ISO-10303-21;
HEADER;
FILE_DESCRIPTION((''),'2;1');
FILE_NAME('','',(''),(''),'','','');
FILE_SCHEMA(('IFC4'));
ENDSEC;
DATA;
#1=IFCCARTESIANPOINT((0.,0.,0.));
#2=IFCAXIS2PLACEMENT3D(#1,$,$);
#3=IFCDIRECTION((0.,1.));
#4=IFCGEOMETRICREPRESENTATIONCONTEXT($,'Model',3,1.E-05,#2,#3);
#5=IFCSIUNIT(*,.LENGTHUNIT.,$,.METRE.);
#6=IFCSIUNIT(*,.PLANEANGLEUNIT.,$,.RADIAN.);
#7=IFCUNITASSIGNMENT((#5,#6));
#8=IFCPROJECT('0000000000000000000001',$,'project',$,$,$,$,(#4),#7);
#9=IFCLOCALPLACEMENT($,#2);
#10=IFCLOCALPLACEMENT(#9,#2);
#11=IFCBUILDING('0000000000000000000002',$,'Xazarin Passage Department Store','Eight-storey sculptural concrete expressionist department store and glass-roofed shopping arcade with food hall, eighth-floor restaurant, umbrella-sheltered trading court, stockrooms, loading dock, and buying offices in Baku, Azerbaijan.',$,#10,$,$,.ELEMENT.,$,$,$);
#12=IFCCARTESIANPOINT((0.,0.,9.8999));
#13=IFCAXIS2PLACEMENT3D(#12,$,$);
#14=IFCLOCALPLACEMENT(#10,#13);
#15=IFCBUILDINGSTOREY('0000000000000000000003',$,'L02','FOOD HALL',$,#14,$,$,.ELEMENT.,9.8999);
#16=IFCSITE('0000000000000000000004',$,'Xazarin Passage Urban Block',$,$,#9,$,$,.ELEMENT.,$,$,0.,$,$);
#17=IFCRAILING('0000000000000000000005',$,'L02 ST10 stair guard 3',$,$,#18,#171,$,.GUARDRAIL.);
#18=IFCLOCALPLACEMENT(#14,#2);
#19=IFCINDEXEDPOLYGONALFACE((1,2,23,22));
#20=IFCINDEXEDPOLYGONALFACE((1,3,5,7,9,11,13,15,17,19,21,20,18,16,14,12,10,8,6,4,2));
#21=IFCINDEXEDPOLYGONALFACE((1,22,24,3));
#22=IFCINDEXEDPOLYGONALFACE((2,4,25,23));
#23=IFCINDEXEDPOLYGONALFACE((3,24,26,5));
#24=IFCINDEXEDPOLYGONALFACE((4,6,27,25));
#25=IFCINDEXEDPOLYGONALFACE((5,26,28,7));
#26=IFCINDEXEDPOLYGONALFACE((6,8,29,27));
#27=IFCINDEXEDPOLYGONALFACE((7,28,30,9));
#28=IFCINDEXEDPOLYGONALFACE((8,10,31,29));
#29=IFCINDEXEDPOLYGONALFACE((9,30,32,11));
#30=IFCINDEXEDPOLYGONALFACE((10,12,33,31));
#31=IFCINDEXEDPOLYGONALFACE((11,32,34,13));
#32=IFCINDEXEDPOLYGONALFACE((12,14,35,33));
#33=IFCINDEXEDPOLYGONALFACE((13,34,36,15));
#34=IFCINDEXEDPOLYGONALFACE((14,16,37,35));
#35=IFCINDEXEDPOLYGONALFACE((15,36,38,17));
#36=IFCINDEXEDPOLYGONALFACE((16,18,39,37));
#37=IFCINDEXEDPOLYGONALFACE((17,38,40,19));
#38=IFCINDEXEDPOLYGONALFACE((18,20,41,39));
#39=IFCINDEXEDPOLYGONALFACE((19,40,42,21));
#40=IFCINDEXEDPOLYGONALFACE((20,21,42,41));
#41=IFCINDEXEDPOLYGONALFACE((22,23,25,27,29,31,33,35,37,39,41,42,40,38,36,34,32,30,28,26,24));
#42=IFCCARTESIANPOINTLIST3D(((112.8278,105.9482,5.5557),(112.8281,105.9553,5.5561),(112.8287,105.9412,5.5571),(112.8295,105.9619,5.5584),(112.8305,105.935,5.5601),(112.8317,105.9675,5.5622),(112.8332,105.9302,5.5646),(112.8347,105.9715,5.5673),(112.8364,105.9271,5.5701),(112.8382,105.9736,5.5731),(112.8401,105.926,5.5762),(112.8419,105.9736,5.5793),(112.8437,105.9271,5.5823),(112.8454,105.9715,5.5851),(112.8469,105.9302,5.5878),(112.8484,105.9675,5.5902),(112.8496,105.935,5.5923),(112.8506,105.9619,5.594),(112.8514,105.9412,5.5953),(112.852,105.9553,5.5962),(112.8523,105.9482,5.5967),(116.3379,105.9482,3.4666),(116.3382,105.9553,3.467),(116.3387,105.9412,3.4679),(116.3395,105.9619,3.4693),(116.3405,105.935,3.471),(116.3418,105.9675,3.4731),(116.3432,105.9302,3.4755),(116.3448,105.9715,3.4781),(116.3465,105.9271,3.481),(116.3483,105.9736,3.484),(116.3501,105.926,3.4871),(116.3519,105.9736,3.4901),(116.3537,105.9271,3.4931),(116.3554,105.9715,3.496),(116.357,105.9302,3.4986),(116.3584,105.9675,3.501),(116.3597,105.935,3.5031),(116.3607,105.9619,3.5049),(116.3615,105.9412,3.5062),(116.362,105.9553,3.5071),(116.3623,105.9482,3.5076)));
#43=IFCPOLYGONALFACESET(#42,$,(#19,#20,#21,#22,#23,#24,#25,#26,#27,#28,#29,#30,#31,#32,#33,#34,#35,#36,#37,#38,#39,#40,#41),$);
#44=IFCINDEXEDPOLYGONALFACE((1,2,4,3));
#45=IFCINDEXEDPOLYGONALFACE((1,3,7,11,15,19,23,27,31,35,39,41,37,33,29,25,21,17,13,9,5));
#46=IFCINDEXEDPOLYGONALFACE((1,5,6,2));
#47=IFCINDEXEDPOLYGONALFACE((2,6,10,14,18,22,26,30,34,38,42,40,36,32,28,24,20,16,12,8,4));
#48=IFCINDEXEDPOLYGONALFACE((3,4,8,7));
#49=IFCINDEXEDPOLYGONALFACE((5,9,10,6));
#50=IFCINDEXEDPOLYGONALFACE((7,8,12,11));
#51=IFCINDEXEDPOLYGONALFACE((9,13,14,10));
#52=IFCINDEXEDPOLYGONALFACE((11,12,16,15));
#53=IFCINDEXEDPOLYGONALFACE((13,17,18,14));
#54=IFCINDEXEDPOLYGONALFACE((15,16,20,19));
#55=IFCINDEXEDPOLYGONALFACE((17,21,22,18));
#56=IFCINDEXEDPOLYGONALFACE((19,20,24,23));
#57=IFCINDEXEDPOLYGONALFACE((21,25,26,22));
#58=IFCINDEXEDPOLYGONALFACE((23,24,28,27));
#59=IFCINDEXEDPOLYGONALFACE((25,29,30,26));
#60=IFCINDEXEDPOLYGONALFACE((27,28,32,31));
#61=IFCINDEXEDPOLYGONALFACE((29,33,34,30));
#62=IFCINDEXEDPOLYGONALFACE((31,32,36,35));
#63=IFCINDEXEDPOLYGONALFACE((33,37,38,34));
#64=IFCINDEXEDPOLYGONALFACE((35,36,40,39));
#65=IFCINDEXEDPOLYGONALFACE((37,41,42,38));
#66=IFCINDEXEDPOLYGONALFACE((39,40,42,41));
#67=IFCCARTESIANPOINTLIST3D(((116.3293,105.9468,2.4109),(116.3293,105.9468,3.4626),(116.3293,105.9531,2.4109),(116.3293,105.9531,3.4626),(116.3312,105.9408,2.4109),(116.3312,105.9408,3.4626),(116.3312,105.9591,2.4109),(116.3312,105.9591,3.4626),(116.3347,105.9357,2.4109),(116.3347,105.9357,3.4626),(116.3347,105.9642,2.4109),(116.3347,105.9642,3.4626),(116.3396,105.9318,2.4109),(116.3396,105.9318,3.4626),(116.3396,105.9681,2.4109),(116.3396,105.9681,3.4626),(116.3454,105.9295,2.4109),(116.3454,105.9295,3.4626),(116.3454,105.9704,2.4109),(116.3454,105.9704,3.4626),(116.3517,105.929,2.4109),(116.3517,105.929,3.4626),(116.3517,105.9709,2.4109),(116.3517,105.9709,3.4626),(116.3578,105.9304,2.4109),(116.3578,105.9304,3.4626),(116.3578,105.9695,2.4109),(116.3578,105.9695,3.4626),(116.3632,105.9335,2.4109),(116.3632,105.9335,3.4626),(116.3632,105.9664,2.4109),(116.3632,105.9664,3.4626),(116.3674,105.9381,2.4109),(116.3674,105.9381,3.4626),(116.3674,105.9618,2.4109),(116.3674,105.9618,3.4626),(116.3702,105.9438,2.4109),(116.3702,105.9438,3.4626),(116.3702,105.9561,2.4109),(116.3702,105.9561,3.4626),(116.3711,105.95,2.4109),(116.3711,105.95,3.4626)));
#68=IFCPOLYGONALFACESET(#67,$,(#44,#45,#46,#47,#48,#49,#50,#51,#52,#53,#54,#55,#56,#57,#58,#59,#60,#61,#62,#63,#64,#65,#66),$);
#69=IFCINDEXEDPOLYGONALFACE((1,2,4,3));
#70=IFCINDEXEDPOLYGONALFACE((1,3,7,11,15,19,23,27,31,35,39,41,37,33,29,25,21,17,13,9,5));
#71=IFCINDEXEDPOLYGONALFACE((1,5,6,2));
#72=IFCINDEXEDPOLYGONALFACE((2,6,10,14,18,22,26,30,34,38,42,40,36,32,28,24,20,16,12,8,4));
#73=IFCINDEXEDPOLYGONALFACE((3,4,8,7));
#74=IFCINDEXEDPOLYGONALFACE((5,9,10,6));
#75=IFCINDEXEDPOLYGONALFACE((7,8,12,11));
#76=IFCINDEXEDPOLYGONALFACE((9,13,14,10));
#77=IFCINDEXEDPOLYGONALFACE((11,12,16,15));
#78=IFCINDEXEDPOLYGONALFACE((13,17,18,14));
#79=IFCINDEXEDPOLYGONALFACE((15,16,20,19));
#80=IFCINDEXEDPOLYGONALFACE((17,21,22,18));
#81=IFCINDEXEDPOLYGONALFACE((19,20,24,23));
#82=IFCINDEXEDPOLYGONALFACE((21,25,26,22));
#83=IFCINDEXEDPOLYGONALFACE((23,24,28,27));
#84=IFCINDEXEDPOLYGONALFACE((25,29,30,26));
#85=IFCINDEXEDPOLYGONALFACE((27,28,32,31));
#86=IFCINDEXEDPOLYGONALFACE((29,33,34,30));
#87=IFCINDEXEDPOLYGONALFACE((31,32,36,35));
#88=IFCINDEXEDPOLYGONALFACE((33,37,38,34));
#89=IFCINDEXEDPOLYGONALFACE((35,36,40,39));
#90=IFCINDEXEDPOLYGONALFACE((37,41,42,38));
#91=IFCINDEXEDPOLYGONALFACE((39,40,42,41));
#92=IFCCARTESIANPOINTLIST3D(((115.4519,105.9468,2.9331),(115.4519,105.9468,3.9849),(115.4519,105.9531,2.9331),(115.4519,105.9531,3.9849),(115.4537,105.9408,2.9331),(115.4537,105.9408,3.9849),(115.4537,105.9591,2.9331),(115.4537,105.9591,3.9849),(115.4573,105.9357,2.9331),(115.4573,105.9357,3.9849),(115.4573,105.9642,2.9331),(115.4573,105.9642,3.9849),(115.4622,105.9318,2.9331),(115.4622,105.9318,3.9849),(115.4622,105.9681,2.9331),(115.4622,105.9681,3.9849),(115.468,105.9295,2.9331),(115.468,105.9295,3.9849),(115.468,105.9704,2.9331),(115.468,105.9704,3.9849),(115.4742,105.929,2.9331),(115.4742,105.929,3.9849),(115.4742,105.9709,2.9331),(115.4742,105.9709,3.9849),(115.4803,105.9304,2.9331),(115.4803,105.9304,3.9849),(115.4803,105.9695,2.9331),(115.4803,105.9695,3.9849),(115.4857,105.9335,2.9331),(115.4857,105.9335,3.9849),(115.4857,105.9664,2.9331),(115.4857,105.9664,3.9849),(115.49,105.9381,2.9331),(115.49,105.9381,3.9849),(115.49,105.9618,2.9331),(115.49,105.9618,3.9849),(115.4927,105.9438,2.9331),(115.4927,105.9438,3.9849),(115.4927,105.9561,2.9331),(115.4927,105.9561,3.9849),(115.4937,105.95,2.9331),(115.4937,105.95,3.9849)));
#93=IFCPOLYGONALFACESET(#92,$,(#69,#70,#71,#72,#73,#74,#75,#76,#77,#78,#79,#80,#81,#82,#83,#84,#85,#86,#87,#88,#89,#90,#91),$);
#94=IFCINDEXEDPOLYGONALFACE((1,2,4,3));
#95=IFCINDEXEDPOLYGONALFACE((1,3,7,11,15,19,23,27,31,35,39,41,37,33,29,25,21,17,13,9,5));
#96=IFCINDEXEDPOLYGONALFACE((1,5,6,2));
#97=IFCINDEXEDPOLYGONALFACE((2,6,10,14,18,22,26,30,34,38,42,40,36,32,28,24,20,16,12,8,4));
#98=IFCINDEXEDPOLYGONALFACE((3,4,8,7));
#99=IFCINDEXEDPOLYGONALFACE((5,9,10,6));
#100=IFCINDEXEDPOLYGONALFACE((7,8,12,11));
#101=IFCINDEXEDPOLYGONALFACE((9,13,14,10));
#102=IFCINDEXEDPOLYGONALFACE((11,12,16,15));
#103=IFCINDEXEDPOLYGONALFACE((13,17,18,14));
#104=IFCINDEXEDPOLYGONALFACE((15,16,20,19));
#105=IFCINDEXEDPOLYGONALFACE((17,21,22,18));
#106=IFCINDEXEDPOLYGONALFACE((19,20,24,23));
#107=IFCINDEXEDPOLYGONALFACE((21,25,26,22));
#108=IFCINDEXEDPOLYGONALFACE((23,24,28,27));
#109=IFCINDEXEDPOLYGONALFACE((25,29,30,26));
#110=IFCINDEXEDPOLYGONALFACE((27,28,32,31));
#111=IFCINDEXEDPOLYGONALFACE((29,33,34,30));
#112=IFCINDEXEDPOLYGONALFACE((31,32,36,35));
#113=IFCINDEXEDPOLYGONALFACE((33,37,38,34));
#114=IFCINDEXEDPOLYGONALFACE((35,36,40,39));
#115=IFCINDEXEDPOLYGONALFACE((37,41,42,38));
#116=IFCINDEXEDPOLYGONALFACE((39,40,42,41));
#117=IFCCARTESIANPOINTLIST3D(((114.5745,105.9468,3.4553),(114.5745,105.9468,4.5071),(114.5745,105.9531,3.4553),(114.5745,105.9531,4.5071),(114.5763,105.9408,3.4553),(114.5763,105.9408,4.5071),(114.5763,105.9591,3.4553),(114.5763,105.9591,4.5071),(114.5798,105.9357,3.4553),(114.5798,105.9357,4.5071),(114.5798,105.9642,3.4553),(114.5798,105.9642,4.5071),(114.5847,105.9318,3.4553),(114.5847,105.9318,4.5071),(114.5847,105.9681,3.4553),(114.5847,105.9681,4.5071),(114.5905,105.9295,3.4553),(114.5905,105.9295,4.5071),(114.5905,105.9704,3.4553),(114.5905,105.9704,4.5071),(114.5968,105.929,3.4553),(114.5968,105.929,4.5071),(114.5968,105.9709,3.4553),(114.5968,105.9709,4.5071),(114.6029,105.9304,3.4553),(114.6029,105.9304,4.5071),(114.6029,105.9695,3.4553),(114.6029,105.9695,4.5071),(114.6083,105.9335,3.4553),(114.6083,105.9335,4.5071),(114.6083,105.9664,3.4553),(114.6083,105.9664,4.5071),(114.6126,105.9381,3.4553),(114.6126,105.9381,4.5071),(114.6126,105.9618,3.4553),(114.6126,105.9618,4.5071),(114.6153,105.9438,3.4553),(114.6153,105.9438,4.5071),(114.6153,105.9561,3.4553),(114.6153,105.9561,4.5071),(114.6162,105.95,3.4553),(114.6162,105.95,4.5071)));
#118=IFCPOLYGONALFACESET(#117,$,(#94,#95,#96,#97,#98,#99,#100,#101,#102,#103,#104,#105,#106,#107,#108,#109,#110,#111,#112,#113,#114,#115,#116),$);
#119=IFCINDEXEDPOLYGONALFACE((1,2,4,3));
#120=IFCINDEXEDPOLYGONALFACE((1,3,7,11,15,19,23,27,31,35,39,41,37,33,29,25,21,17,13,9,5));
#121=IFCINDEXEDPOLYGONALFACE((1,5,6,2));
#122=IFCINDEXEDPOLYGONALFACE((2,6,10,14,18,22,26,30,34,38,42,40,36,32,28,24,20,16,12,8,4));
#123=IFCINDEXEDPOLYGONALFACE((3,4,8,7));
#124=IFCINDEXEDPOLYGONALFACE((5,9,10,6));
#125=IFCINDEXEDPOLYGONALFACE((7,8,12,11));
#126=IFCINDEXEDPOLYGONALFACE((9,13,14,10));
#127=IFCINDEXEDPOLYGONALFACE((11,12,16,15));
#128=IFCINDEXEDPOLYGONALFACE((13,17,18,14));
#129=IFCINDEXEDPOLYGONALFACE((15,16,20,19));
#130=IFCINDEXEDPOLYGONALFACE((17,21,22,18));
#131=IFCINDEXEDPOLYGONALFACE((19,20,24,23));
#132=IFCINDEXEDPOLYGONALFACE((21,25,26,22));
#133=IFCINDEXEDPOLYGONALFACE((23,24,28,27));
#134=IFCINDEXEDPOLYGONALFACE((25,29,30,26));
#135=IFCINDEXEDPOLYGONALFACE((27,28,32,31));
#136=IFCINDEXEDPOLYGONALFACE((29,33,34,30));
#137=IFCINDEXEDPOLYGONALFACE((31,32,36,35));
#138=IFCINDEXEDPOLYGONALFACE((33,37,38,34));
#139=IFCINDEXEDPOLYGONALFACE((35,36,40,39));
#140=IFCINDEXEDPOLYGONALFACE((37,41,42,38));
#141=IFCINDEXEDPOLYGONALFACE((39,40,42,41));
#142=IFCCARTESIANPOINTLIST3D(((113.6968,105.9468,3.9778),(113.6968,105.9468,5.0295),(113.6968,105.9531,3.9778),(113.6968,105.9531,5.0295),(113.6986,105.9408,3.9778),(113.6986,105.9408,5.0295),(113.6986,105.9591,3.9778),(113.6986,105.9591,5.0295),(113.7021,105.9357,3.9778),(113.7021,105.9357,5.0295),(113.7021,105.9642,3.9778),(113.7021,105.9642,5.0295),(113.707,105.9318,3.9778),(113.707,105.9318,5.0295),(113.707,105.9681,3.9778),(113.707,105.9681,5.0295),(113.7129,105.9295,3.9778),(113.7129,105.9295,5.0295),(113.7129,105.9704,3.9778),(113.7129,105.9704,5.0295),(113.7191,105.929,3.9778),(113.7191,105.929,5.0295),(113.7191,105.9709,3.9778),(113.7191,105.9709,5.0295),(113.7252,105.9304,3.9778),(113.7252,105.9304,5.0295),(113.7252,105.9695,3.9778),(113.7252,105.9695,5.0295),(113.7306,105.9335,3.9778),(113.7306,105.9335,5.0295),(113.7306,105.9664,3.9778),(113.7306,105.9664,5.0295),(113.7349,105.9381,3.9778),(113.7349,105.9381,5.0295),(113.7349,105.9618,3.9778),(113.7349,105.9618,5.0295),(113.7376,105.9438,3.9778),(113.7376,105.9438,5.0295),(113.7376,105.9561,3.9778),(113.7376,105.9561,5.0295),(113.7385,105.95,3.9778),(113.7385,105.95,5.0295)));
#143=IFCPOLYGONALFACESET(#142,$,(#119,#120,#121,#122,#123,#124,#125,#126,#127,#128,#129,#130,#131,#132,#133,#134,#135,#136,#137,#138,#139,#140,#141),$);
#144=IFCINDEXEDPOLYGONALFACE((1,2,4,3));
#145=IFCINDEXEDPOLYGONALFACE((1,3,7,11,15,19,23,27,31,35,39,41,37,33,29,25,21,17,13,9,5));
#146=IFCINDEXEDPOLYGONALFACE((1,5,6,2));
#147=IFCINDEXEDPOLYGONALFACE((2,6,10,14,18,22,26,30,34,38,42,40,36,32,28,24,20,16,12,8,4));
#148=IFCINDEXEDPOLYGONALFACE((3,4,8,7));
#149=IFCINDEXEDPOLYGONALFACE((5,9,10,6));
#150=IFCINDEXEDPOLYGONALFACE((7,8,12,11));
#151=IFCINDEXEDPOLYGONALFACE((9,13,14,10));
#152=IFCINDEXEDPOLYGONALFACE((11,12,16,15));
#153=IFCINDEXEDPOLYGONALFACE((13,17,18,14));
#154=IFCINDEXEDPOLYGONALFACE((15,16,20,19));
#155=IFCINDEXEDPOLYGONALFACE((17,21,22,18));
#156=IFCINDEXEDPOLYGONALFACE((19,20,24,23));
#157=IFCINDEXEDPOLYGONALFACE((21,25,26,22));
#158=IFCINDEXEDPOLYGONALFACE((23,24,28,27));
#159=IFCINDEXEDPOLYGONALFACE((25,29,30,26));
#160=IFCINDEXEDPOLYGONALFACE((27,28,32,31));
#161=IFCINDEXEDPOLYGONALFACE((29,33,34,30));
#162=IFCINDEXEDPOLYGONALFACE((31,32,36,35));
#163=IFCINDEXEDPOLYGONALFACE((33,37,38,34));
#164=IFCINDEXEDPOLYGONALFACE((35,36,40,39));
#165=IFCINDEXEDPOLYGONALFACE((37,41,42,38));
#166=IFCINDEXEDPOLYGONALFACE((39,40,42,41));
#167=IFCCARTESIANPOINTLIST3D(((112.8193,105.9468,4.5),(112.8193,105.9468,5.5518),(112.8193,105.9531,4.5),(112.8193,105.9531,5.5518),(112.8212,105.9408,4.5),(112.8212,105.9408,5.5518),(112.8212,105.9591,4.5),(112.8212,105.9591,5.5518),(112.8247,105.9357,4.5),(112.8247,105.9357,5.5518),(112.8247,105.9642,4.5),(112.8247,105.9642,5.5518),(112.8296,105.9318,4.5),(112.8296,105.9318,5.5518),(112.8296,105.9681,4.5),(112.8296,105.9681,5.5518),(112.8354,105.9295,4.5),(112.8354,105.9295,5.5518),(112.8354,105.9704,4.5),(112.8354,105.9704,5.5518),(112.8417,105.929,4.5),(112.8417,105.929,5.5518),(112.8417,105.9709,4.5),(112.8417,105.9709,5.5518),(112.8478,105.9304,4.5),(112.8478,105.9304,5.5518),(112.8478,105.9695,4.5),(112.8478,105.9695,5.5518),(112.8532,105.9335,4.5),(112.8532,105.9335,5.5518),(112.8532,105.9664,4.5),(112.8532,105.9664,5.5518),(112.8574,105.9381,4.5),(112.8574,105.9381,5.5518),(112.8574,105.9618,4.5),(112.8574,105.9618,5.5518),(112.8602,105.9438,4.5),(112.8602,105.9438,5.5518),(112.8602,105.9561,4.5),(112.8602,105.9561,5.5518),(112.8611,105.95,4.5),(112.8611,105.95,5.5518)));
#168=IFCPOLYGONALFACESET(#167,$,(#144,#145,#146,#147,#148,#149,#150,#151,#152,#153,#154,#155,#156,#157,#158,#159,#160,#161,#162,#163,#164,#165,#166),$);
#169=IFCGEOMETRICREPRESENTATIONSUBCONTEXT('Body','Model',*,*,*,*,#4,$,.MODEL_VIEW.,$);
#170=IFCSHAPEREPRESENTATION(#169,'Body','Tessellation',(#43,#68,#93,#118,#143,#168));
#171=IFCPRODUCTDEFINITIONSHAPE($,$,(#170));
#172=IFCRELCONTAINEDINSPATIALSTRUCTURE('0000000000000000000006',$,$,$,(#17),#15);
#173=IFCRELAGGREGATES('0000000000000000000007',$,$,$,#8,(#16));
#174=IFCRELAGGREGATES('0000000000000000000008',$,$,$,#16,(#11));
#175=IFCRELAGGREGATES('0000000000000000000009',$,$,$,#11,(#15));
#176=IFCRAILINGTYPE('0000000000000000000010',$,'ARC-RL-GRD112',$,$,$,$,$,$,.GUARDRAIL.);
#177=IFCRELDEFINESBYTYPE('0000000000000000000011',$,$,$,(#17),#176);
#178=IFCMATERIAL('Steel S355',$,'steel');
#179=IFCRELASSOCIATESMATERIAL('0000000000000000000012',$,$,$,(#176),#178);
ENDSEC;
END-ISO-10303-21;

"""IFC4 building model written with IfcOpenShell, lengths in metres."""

from ifc_helpers import new_model, si_unit, direction, frame, origin, origin_2d, place, context, subcontext, project, spatial, circle, extrude, material, type_object, element, save


model = new_model("IFC4")

# Units and contexts
model_context = context("Model", 3, precision=1e-05, world=origin(), true_north=direction((0.0, 1.0)))
body_context = subcontext(model_context, "Body", "Model", "MODEL_VIEW")
ifc_project = project(units=[si_unit("LENGTHUNIT", "METRE"), si_unit("PLANEANGLEUNIT", "RADIAN")], contexts=[model_context])

# Site, building, storey
site_placement = place(None, origin())
site = spatial("IfcSite", under=ifc_project, at=site_placement, Name="Xazarin Passage Urban Block", CompositionType="ELEMENT", RefElevation=0.0)
building_placement = place(site_placement, origin())
building = spatial("IfcBuilding", under=site, at=building_placement, Name="Xazarin Passage Department Store", Description="Eight-storey sculptural concrete expressionist department store and glass-roofed shopping arcade with food hall, eighth-floor restaurant, umbrella-sheltered trading court, stockrooms, loading dock, and buying offices in Baku, Azerbaijan.", CompositionType="ELEMENT")
storey_placement = place(building_placement, frame((0.0, 0.0, 9.8999)))
storey = spatial("IfcBuildingStorey", under=building, at=storey_placement, Name="L02", Description="FOOD HALL", CompositionType="ELEMENT", Elevation=9.8999)

# Railing
ifc_material_1 = material(Name="Steel S355", Category="steel")
railing_type_1 = type_object("IfcRailingType", Name="ARC-RL-GRD112", PredefinedType="GUARDRAIL", material=ifc_material_1)
railing_1_placement = place(storey_placement, frame((116.3501, 105.95, 2.4109)))
element("IfcRailing", 1, at=railing_1_placement, inside=storey, type_object=railing_type_1, Name="L02 ST10 stair guard 3", PredefinedType="GUARDRAIL", context=body_context, shape_type="SweptSolid", body=[
    extrude(circle(Radius=0.0239, at=origin_2d()), frame((0.0, 0.0, 1.0762), z_axis=(-0.859312, 0.0, 0.511451), x_axis=(0.0, -1.0, 0.0)), (0.0, 0.0, 1.0), 4.0847),
    extrude(circle(Radius=0.021, at=origin_2d()), origin(), (0.0, 0.0, 1.0), 1.0518),
    extrude(circle(Radius=0.021, at=origin_2d()), frame((-0.8774, 0.0, 0.5222)), (0.0, 0.0, 1.0), 1.0518),
    extrude(circle(Radius=0.021, at=origin_2d()), frame((-1.7549, 0.0, 1.0444)), (0.0, 0.0, 1.0), 1.0518),
    extrude(circle(Radius=0.021, at=origin_2d()), frame((-2.6326, 0.0, 1.5669)), (0.0, 0.0, 1.0), 1.0518),
    extrude(circle(Radius=0.021, at=origin_2d()), frame((-3.51, 0.0, 2.0891)), (0.0, 0.0, 1.0), 1.0518),
])

save(model, "model.ifc")
